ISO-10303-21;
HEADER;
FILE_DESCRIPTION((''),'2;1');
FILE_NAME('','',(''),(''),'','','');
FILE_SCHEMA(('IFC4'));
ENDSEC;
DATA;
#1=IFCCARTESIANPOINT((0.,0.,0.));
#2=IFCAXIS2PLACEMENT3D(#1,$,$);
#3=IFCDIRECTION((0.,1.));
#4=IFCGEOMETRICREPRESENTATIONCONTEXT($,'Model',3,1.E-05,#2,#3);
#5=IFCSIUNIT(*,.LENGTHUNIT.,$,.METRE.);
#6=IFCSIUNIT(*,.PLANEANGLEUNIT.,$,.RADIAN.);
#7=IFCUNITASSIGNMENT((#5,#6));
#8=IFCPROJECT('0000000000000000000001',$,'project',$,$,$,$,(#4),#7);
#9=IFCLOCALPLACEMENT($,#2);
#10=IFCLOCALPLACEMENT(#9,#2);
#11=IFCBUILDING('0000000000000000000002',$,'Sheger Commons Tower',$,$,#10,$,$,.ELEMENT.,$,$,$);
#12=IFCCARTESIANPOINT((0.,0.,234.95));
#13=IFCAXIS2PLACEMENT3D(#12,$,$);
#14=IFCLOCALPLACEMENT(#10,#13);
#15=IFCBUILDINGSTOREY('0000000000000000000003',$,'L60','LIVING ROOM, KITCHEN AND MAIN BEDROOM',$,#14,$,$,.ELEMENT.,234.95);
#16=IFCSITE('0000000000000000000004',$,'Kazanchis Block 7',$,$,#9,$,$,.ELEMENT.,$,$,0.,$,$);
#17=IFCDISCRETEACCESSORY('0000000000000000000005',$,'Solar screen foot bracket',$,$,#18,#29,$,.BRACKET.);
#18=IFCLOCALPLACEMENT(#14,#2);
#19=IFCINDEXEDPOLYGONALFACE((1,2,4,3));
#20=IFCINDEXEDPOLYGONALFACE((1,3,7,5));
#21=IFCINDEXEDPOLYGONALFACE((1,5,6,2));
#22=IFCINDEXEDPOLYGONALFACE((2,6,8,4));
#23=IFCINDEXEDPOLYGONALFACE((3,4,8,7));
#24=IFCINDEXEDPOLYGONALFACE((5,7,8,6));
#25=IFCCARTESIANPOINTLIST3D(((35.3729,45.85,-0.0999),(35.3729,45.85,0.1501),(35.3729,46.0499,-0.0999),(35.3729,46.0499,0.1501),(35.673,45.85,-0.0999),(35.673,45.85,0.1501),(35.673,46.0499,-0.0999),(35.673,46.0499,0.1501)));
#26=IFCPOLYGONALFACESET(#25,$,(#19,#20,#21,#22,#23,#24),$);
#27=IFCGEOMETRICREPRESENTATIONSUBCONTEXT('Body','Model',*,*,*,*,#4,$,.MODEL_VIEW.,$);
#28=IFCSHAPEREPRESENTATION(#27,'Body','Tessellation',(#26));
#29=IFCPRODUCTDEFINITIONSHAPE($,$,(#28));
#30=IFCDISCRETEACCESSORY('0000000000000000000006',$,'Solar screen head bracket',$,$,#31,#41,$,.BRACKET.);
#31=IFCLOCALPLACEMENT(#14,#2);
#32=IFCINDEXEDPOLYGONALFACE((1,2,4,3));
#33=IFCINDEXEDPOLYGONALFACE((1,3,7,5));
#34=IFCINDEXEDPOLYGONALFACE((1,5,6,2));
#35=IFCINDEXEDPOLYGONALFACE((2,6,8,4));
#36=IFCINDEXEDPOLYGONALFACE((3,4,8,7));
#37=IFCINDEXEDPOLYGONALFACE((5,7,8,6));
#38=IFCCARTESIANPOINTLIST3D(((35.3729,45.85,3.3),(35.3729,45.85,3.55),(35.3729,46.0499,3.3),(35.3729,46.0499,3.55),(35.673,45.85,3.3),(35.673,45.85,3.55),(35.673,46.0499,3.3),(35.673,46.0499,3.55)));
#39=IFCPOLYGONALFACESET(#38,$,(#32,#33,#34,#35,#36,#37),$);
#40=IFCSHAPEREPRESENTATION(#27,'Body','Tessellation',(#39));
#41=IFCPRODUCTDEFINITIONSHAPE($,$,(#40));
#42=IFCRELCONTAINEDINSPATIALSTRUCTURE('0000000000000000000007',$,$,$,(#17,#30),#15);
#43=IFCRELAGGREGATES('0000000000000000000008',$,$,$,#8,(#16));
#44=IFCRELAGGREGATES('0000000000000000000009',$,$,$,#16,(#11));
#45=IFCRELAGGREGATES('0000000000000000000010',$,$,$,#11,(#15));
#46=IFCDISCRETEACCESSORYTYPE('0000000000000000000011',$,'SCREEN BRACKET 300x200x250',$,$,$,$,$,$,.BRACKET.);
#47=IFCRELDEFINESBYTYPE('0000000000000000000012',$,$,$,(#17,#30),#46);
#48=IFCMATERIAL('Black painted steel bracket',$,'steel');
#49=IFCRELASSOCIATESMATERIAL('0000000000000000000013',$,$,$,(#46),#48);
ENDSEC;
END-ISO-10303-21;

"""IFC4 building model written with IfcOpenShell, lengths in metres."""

from ifc_helpers import new_model, si_unit, direction, frame, origin, origin_2d, place, context, subcontext, project, spatial, rectangle, extrude, material, type_object, element, save


model = new_model("IFC4")

# Units and contexts
model_context = context("Model", 3, precision=1e-05, world=origin(), true_north=direction((0.0, 1.0)))
body_context = subcontext(model_context, "Body", "Model", "MODEL_VIEW")
ifc_project = project(units=[si_unit("LENGTHUNIT", "METRE"), si_unit("PLANEANGLEUNIT", "RADIAN")], contexts=[model_context])

# Site, building, storey
site_placement = place(None, origin())
site = spatial("IfcSite", under=ifc_project, at=site_placement, Name="Kazanchis Block 7", CompositionType="ELEMENT", RefElevation=0.0)
building_placement = place(site_placement, origin())
building = spatial("IfcBuilding", under=site, at=building_placement, Name="Sheger Commons Tower", CompositionType="ELEMENT")
storey_placement = place(building_placement, frame((0.0, 0.0, 234.95)))
storey = spatial("IfcBuildingStorey", under=building, at=storey_placement, Name="L60", Description="LIVING ROOM, KITCHEN AND MAIN BEDROOM", CompositionType="ELEMENT", Elevation=234.95)

# Discrete accessories
ifc_material_1 = material(Name="Black painted steel bracket", Category="steel")
discrete_accessory_type = type_object("IfcDiscreteAccessoryType", Name="SCREEN BRACKET 300x200x250", PredefinedType="BRACKET", material=ifc_material_1)
for number, where, z_axis, x_axis, name in (
    (1, (35.5229, 45.95, -0.0999), (0.0, 0.0, 1.0), (-1.0, 0.0, 0.0), "Solar screen foot bracket"),
    (2, (35.5229, 45.95, 3.3), (0.0, 0.0, 1.0), (-1.0, 0.0, 0.0), "Solar screen head bracket"),
):
    element("IfcDiscreteAccessory", number, at=place(storey_placement, frame(where, z_axis=z_axis, x_axis=x_axis)), inside=storey, type_object=discrete_accessory_type, Name=name, PredefinedType="BRACKET", context=body_context, shape_type="SweptSolid", body=[
        extrude(rectangle(XDim=0.3, YDim=0.2, at=origin_2d()), origin(), (0.0, 0.0, 1.0), 0.25),
    ])

save(model, "model.ifc")
